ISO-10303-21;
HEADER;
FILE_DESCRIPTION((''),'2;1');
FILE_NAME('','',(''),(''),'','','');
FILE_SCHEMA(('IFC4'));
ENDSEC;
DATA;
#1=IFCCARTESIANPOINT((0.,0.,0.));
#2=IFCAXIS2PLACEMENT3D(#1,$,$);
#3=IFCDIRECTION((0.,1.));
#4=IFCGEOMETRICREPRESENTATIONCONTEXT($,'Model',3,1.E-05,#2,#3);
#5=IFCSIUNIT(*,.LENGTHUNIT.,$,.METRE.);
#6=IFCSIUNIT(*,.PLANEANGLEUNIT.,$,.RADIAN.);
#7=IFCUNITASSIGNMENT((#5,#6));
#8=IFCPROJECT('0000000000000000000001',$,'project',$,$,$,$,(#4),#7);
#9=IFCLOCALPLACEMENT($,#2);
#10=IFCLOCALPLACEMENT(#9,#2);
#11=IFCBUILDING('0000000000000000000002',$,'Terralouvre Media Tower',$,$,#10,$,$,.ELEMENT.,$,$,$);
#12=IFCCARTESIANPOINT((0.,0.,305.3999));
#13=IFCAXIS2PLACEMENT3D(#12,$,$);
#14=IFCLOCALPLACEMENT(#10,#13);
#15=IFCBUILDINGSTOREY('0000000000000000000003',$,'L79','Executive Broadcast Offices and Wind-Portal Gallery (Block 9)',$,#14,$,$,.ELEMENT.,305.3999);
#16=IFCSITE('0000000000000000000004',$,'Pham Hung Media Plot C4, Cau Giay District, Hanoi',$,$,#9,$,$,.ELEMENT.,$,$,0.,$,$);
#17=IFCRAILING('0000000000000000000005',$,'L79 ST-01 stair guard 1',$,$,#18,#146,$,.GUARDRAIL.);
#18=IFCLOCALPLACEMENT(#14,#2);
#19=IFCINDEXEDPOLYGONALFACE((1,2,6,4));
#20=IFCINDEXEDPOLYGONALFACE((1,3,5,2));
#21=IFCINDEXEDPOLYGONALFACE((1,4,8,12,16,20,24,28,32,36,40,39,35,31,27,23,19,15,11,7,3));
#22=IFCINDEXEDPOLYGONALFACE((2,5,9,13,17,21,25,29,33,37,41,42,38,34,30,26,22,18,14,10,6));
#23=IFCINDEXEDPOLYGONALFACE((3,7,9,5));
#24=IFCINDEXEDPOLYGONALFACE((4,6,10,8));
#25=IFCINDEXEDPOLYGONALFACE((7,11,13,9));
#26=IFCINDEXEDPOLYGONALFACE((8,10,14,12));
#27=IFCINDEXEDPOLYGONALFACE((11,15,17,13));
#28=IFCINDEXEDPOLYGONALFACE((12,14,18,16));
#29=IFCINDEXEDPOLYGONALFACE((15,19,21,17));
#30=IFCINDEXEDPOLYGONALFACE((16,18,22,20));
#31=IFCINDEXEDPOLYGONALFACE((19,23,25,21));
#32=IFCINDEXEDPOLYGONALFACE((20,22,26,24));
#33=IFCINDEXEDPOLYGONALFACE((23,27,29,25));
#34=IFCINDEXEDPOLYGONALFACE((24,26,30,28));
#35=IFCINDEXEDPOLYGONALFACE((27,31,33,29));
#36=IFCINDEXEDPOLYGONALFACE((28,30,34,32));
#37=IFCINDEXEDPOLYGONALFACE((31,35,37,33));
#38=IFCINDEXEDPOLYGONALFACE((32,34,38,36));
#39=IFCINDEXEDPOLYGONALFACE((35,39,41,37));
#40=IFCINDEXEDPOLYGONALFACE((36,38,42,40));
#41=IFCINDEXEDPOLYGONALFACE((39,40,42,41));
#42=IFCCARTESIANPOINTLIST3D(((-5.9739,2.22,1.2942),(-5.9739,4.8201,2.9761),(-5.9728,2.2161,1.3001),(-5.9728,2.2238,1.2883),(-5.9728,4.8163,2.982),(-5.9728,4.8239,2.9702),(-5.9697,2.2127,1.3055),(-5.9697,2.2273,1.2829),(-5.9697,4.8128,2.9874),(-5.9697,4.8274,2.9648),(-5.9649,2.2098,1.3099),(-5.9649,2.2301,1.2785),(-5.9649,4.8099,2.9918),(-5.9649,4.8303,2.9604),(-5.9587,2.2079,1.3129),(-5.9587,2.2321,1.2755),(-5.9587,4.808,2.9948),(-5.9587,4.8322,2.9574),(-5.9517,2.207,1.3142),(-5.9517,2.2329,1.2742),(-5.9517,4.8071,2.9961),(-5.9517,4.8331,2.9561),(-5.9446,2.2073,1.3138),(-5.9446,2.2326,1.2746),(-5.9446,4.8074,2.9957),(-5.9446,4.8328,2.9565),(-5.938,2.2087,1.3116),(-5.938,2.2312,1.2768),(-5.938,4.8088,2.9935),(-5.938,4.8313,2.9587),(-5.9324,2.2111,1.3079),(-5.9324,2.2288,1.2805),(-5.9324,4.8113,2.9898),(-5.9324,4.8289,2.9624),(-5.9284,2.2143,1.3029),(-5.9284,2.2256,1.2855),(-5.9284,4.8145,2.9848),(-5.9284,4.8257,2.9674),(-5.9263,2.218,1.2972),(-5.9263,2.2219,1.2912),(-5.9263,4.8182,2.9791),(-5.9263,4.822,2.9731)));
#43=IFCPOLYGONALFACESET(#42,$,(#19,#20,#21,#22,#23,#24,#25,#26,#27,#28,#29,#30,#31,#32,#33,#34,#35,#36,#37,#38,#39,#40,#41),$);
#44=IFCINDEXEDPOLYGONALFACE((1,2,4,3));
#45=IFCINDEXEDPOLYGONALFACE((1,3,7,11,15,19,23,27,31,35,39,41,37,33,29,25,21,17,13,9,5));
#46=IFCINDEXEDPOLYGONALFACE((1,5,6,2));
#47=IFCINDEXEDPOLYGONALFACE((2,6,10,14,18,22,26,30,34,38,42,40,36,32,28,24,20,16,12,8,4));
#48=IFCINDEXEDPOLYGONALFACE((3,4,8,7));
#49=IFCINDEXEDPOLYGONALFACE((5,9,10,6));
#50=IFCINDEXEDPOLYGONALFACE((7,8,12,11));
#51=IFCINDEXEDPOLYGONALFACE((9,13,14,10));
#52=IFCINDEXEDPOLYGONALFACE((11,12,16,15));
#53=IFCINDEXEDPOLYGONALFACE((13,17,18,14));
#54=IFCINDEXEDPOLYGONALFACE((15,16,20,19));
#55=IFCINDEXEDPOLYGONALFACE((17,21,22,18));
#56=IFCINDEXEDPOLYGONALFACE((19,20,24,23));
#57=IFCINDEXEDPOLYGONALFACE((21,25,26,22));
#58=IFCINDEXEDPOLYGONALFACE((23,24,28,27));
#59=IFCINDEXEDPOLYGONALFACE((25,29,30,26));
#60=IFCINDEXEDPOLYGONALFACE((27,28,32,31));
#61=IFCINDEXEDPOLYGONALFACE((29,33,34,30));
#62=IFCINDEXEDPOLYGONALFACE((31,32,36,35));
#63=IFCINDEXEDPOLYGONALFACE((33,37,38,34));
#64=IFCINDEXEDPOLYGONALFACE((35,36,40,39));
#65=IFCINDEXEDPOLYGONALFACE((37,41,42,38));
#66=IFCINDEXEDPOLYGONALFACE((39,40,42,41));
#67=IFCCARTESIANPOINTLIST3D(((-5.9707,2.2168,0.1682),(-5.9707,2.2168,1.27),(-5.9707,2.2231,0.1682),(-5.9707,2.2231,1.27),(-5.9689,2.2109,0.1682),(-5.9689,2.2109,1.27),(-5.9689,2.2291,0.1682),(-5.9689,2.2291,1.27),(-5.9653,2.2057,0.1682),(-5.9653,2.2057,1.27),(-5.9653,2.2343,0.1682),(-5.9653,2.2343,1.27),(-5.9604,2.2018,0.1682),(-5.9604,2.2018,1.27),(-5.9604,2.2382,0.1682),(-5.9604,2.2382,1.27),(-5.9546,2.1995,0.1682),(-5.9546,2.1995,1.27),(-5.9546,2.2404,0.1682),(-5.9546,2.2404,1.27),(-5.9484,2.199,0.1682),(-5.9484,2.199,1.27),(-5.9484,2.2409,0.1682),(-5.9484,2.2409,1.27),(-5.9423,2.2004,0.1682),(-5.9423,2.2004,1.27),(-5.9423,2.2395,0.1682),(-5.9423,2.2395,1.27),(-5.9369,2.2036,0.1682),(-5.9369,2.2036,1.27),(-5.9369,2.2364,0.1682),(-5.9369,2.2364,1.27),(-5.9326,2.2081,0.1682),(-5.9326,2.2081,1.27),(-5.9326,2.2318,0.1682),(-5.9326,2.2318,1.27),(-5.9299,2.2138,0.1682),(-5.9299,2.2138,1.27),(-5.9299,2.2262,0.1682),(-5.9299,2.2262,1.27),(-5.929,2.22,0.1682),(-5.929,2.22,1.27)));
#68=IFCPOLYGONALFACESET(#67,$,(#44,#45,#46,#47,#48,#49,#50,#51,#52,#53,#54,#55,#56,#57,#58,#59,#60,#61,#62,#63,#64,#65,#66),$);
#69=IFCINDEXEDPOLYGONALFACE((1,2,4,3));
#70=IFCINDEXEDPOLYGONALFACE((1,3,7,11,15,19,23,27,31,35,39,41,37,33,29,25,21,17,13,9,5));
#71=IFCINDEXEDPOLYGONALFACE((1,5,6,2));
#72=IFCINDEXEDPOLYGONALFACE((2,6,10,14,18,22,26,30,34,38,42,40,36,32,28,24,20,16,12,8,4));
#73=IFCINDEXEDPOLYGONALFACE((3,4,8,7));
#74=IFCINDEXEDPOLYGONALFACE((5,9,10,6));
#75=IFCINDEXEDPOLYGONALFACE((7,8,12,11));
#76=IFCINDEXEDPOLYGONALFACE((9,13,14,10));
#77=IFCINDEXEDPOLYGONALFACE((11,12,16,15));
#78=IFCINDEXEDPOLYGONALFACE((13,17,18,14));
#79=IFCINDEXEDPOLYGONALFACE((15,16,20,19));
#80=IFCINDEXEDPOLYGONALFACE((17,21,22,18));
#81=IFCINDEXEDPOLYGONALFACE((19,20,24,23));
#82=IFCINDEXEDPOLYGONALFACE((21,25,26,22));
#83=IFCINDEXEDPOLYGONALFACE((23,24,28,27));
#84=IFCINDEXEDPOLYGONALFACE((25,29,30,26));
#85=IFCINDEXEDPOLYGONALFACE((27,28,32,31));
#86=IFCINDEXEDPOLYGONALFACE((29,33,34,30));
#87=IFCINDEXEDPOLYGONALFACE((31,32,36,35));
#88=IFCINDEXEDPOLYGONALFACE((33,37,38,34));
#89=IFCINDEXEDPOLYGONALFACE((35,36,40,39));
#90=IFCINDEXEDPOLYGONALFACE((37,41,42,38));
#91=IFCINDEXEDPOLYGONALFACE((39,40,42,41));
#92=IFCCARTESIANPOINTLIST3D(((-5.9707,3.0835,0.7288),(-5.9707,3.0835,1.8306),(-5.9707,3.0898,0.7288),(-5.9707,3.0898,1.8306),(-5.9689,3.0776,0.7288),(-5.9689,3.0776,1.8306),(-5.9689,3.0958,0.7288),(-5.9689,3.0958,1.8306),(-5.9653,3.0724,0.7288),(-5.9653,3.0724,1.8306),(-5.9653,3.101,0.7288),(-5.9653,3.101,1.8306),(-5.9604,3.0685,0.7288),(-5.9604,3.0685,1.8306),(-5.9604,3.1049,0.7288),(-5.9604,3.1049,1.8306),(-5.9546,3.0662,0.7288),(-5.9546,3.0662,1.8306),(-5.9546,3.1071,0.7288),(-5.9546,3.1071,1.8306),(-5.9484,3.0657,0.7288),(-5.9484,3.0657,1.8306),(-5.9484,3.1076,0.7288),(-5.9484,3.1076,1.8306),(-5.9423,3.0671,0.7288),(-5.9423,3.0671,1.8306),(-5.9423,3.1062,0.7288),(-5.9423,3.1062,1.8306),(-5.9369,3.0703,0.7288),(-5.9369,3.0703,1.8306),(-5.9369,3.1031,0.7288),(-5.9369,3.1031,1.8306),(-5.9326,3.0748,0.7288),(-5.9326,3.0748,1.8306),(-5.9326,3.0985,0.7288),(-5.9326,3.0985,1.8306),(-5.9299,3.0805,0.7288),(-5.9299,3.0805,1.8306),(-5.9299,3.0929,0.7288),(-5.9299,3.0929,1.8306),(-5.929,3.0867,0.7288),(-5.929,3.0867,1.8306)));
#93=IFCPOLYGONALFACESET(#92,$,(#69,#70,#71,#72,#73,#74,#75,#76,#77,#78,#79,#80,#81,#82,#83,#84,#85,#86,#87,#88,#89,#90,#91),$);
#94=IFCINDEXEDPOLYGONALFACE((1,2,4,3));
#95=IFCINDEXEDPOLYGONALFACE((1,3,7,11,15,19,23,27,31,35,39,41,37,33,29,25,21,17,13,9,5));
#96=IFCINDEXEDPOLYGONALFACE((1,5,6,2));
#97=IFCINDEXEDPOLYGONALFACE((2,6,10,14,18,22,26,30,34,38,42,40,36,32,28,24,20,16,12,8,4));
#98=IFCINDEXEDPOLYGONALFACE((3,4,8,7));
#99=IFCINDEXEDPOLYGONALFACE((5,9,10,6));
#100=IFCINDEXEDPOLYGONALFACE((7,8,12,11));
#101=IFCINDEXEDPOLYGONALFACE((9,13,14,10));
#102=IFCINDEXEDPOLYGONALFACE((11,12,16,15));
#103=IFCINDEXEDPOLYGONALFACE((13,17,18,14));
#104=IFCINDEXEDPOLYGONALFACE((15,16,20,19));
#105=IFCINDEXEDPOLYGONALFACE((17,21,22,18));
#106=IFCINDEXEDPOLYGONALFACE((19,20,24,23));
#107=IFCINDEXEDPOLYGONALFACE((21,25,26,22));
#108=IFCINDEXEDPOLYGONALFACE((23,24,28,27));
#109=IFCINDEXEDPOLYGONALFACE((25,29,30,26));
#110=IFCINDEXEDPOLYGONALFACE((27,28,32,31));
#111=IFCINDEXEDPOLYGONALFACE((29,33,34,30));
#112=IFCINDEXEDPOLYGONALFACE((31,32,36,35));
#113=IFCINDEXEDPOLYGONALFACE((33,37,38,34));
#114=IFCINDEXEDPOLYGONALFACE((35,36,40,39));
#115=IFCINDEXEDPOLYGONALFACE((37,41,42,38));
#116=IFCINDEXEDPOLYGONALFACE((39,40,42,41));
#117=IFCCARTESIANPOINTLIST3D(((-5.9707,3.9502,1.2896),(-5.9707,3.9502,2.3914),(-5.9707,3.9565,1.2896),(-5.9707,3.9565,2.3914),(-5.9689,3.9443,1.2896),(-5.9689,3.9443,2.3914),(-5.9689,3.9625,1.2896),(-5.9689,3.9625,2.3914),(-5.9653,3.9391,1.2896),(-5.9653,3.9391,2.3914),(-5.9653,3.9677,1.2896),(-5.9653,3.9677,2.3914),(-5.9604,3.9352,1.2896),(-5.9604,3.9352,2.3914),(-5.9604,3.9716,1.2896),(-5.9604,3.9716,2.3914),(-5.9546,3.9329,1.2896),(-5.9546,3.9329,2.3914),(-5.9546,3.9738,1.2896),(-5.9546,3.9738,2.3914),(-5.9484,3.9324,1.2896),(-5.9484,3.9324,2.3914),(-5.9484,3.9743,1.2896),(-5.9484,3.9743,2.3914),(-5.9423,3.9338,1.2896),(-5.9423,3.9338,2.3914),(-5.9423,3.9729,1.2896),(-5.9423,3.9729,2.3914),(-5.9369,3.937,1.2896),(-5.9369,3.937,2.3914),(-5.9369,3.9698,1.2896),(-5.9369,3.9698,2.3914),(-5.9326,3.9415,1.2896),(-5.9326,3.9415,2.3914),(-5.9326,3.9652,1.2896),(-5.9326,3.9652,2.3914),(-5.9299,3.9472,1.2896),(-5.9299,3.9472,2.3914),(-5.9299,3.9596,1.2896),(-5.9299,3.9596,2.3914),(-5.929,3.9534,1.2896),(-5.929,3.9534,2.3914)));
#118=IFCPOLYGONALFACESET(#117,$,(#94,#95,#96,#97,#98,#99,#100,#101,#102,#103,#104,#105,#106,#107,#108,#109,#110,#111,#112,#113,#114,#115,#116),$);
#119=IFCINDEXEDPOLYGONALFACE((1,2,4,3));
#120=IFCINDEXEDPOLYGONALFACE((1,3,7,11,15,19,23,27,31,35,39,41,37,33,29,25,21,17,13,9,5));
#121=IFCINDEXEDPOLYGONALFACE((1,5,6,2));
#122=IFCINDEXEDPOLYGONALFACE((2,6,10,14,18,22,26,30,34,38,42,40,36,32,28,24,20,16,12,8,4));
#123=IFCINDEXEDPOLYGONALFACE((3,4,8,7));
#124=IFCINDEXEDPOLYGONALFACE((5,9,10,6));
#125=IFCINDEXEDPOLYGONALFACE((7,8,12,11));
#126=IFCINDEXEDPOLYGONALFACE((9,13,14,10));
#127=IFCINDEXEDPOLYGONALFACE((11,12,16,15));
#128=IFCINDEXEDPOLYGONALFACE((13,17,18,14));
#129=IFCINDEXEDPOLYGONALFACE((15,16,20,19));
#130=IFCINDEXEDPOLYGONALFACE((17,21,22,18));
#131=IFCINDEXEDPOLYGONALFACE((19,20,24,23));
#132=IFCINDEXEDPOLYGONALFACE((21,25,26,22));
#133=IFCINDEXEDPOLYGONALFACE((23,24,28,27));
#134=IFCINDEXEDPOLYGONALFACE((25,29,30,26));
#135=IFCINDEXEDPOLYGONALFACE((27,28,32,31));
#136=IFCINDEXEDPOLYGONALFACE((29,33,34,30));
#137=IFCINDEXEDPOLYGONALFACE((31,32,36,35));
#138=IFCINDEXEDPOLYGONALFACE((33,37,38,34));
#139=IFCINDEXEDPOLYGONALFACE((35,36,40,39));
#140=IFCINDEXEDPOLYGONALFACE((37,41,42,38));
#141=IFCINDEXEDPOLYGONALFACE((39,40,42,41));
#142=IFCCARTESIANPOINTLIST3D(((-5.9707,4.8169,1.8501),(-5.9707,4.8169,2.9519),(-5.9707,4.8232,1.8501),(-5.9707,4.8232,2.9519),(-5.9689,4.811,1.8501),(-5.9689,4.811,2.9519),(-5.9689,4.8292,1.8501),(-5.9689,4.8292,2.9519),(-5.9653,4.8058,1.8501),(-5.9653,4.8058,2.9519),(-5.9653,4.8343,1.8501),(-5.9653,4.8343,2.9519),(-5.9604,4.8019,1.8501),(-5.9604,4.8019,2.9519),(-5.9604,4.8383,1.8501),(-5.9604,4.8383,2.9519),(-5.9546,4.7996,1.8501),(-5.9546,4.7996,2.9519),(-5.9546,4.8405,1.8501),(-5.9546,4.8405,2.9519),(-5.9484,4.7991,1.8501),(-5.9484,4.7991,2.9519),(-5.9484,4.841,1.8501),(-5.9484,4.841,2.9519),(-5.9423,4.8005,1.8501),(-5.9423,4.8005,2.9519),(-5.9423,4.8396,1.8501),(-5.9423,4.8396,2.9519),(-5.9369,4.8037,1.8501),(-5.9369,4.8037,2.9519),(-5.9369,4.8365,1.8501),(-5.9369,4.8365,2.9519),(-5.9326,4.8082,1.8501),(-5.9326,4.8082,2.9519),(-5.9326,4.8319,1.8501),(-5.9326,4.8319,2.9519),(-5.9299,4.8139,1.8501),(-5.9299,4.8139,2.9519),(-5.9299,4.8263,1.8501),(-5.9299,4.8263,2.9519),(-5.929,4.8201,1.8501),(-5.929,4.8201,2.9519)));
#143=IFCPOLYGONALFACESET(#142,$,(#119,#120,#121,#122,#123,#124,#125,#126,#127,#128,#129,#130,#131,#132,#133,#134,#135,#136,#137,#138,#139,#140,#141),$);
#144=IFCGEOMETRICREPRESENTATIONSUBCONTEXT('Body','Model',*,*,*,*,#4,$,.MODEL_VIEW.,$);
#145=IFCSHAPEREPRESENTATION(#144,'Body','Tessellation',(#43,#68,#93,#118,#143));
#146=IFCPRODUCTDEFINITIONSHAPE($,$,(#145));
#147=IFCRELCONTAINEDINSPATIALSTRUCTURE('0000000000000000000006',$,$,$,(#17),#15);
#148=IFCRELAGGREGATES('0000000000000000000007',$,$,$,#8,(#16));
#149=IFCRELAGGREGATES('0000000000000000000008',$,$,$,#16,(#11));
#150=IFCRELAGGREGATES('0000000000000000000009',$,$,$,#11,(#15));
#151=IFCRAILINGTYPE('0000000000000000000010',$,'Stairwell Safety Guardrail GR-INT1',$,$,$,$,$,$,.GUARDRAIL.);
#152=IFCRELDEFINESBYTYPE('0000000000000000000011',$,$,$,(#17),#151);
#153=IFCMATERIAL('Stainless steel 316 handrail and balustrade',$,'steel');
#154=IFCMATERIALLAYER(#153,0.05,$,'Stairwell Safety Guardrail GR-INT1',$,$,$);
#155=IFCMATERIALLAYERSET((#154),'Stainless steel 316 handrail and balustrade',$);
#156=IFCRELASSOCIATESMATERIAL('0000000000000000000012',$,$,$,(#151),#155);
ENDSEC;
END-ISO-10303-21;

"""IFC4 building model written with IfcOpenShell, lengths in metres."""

from ifc_helpers import new_model, si_unit, direction, frame, origin, origin_2d, place, context, subcontext, project, spatial, circle, extrude, material, layer, layer_set, type_object, element, save


model = new_model("IFC4")

# Units and contexts
model_context = context("Model", 3, precision=1e-05, world=origin(), true_north=direction((0.0, 1.0)))
body_context = subcontext(model_context, "Body", "Model", "MODEL_VIEW")
ifc_project = project(units=[si_unit("LENGTHUNIT", "METRE"), si_unit("PLANEANGLEUNIT", "RADIAN")], contexts=[model_context])

# Site, building, storey
site_placement = place(None, origin())
site = spatial("IfcSite", under=ifc_project, at=site_placement, Name="Pham Hung Media Plot C4, Cau Giay District, Hanoi", CompositionType="ELEMENT", RefElevation=0.0)
building_placement = place(site_placement, origin())
building = spatial("IfcBuilding", under=site, at=building_placement, Name="Terralouvre Media Tower", CompositionType="ELEMENT")
storey_placement = place(building_placement, frame((0.0, 0.0, 305.3999)))
storey = spatial("IfcBuildingStorey", under=building, at=storey_placement, Name="L79", Description="Executive Broadcast Offices and Wind-Portal Gallery (Block 9)", CompositionType="ELEMENT", Elevation=305.3999)

# Railing
ifc_material_1 = material(Name="Stainless steel 316 handrail and balustrade", Category="steel")
ifc_layer_1 = layer(ifc_material_1, 0.05, Name="Stairwell Safety Guardrail GR-INT1")
ifc_layer_set_1 = layer_set([ifc_layer_1], Name="Stainless steel 316 handrail and balustrade")
railing_type_1 = type_object("IfcRailingType", Name="Stairwell Safety Guardrail GR-INT1", PredefinedType="GUARDRAIL", material=ifc_layer_set_1)
railing_1_placement = place(storey_placement, frame((-5.95, 2.22, 0.1682)))
element("IfcRailing", 1, at=railing_1_placement, inside=storey, type_object=railing_type_1, Name="L79 ST-01 stair guard 1", PredefinedType="GUARDRAIL", context=body_context, shape_type="SweptSolid", body=[
    extrude(circle(Radius=0.0239, at=origin_2d()), frame((0.0, 0.0, 1.126), z_axis=(0.0, 0.839648, 0.54313), x_axis=(-1.0, 0.0, 0.0)), (0.0, 0.0, 1.0), 3.0967),
    extrude(circle(Radius=0.021, at=origin_2d()), origin(), (0.0, 0.0, 1.0), 1.1018),
    extrude(circle(Radius=0.021, at=origin_2d()), frame((0.0, 0.8667, 0.5605)), (0.0, 0.0, 1.0), 1.1018),
    extrude(circle(Radius=0.021, at=origin_2d()), frame((0.0, 1.7334, 1.1213)), (0.0, 0.0, 1.0), 1.1018),
    extrude(circle(Radius=0.021, at=origin_2d()), frame((0.0, 2.6001, 1.6819)), (0.0, 0.0, 1.0), 1.1018),
])

save(model, "model.ifc")
